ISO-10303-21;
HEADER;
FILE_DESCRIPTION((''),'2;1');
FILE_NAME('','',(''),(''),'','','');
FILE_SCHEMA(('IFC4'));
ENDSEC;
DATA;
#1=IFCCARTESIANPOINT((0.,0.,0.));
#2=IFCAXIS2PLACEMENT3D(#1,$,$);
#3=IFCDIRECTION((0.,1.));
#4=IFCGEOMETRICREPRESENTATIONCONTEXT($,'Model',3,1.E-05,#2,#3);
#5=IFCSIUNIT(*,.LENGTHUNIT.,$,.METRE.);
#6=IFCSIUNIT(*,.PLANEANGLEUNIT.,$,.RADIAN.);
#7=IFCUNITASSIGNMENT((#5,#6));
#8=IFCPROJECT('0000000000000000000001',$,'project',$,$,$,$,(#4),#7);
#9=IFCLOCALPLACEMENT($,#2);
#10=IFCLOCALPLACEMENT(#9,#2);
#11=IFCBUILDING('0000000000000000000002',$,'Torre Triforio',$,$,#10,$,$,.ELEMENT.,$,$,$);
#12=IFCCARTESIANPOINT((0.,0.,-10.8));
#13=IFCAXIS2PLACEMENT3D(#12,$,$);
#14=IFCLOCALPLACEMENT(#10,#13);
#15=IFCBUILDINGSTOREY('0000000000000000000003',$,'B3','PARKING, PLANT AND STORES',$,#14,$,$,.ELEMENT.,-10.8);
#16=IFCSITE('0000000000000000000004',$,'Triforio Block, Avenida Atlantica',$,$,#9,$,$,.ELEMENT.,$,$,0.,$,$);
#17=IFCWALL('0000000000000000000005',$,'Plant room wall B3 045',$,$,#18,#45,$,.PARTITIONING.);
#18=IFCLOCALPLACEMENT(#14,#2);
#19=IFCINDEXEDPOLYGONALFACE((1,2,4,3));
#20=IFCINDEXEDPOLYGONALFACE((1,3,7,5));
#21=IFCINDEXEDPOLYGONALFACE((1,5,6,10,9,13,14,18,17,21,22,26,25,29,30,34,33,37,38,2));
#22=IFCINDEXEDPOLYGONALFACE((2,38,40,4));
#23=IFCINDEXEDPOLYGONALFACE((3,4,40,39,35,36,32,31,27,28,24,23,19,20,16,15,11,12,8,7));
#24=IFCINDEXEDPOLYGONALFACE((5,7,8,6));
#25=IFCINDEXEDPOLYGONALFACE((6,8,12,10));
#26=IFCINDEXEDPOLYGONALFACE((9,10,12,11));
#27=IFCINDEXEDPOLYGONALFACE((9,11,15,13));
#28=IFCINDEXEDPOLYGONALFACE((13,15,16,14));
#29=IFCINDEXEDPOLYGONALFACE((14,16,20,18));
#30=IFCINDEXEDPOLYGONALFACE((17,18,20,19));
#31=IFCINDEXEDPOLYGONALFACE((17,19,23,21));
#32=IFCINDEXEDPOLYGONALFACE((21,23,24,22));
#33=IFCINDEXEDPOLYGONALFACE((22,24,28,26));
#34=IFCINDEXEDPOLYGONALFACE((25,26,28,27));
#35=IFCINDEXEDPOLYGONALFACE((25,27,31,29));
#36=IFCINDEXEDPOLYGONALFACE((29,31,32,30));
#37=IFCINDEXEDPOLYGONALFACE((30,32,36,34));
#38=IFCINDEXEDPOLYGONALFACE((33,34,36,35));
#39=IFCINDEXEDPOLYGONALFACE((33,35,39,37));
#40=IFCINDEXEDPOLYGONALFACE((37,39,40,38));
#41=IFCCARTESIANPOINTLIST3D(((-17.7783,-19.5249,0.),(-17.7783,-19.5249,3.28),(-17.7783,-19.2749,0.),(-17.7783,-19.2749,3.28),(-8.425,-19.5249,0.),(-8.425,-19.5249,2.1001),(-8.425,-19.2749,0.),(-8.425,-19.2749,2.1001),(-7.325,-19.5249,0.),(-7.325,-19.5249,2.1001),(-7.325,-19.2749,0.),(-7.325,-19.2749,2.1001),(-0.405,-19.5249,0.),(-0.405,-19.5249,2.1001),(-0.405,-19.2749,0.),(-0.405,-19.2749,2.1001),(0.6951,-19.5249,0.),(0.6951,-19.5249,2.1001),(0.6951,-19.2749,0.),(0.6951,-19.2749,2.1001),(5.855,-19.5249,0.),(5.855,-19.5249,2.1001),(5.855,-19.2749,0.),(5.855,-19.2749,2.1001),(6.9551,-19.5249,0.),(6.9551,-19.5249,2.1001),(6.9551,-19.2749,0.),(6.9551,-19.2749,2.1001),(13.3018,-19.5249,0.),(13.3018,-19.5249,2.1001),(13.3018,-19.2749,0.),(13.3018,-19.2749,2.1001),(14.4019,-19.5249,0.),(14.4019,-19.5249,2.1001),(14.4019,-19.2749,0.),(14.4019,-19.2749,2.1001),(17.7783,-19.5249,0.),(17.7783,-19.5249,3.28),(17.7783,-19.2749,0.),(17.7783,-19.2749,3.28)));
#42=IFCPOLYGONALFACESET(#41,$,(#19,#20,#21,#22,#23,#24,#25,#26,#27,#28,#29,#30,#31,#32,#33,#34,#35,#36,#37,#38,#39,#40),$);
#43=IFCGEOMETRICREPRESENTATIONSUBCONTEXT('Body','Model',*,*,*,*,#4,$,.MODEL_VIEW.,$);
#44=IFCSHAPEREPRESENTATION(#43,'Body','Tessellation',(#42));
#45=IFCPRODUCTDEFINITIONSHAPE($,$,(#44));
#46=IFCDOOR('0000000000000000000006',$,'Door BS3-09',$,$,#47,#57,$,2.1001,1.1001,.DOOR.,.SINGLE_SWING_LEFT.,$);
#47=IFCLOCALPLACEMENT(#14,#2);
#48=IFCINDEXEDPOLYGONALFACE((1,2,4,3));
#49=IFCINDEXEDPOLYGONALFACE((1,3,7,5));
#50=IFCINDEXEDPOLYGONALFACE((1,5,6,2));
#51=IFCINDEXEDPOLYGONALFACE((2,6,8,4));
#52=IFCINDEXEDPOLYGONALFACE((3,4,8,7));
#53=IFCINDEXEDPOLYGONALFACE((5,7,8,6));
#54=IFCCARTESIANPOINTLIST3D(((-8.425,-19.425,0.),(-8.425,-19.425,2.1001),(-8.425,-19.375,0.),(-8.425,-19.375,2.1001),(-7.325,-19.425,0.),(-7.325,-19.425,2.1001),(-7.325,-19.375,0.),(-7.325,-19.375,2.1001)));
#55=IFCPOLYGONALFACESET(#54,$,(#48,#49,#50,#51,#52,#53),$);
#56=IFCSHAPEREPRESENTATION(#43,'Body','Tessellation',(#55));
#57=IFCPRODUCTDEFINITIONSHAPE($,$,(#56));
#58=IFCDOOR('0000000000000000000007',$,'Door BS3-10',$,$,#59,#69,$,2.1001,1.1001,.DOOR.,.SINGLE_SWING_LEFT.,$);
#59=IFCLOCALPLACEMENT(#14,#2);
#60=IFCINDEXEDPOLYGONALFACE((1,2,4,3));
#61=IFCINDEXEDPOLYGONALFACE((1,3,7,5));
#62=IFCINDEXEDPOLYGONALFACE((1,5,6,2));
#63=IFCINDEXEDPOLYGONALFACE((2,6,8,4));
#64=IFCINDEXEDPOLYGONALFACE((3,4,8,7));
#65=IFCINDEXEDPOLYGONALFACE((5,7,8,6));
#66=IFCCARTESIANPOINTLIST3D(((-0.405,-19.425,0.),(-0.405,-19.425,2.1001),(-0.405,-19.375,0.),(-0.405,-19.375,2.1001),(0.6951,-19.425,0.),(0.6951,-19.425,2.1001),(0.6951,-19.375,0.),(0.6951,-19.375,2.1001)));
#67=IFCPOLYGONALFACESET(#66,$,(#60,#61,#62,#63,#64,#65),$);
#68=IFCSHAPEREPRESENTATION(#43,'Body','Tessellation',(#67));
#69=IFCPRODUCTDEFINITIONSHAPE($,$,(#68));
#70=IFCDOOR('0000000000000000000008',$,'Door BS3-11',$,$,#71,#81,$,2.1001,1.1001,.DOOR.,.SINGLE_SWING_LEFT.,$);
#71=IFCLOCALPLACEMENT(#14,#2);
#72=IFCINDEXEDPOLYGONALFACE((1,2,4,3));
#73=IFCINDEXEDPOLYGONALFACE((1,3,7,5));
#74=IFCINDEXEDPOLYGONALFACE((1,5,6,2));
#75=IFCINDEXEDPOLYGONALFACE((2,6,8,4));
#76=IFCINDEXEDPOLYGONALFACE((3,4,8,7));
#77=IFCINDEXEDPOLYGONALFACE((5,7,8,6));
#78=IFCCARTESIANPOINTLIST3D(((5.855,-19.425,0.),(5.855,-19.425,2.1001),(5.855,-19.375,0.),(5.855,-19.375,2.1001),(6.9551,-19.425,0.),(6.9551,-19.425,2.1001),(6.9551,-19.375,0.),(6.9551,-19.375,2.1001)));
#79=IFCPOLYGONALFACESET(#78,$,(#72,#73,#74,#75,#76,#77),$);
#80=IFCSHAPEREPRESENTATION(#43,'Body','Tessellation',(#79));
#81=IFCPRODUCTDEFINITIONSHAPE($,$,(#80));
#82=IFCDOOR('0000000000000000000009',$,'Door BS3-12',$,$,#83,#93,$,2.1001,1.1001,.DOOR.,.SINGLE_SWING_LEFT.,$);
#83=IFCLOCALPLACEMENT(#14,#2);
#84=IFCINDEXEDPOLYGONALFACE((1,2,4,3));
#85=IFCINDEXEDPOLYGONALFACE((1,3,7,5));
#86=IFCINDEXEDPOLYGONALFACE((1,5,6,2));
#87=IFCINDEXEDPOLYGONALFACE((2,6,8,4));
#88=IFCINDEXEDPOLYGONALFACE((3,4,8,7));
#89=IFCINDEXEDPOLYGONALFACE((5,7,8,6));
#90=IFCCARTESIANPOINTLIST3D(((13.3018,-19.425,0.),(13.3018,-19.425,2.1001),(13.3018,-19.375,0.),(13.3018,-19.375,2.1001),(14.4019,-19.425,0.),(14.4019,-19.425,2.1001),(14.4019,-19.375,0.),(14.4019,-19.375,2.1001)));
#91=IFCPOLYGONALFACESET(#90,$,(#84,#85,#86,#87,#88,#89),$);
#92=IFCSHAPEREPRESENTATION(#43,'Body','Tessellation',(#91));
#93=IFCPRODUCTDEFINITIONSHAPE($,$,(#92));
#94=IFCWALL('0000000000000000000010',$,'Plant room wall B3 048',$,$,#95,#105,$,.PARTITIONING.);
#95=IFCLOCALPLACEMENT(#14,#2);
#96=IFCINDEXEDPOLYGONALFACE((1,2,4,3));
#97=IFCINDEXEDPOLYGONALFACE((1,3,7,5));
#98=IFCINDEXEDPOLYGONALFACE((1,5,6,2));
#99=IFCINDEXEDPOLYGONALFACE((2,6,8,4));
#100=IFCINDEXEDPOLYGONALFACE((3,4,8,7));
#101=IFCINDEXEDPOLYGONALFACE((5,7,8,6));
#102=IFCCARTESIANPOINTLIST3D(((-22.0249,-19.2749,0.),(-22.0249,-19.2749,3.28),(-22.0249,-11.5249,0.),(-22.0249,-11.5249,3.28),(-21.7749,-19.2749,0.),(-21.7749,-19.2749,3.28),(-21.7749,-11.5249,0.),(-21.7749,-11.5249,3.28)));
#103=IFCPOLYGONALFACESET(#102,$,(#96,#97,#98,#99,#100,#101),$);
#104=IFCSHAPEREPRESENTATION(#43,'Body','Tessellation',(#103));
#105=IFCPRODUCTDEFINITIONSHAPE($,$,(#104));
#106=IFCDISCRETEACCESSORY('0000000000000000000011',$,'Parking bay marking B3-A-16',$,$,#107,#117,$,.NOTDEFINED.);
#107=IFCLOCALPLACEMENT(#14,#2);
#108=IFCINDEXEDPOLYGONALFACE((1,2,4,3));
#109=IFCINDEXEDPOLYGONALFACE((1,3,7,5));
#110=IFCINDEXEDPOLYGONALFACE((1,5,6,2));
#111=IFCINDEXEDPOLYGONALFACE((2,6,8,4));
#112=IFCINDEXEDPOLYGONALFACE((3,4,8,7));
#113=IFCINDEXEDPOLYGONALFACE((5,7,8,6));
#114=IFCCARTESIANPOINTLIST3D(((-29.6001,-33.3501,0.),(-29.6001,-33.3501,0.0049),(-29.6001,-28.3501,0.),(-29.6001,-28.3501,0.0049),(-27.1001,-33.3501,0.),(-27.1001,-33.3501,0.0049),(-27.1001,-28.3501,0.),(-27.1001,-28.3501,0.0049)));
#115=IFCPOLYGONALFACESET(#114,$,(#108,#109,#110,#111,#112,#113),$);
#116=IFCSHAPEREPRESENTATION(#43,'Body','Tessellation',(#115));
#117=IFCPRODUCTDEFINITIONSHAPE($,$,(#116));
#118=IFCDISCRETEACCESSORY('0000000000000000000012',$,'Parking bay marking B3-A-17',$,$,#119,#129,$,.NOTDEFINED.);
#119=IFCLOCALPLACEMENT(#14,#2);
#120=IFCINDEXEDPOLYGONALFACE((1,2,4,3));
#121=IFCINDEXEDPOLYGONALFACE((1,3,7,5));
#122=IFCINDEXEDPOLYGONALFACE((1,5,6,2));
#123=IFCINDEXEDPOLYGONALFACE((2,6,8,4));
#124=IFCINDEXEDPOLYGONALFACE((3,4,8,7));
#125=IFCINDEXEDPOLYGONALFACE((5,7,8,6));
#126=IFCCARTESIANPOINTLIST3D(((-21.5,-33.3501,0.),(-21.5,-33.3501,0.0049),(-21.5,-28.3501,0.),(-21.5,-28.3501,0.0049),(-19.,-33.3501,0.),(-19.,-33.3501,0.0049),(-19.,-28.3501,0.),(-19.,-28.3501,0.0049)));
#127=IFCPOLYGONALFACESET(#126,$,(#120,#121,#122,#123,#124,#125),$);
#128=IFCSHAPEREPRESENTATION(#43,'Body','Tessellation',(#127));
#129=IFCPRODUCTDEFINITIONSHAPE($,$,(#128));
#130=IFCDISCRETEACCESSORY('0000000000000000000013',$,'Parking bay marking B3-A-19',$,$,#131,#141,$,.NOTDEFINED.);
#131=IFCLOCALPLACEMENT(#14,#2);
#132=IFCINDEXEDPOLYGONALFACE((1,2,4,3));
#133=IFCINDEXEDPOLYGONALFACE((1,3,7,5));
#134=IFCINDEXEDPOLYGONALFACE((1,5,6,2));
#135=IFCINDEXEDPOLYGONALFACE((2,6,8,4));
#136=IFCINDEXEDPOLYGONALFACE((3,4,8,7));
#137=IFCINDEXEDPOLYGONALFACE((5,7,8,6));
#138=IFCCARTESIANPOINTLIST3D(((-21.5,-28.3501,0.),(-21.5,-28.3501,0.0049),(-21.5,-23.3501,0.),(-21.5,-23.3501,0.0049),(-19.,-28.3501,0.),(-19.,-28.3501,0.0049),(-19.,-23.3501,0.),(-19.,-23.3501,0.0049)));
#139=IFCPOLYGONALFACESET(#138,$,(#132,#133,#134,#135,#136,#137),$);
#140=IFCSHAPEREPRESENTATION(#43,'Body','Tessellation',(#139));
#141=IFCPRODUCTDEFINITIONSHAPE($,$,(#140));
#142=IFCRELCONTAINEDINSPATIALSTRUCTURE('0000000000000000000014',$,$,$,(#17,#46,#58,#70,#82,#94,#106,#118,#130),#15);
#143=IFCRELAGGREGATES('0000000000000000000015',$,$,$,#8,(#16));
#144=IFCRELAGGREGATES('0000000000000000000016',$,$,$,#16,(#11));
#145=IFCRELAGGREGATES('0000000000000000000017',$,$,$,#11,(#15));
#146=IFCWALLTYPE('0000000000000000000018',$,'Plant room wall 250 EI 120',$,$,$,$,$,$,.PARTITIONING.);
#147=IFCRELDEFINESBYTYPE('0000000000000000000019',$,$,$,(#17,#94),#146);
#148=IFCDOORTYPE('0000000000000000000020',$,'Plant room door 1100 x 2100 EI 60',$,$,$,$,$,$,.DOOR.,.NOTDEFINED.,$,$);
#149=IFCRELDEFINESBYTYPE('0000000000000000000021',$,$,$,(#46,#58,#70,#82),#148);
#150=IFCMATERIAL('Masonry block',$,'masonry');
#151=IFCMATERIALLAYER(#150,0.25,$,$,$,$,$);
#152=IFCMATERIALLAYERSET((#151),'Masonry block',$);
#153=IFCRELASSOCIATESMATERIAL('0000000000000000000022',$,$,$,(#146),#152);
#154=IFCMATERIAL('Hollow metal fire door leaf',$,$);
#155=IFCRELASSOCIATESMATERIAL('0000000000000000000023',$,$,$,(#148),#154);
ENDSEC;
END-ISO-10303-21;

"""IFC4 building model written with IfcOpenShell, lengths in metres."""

from ifc_helpers import new_model, si_unit, direction, frame, frame_2d, origin, origin_2d, place, context, subcontext, project, spatial, rectangle, extrude, material, layer, layer_set, type_object, element, fill, save


model = new_model("IFC4")

# Units and contexts
model_context = context("Model", 3, precision=1e-05, world=origin(), true_north=direction((0.0, 1.0)))
body_context = subcontext(model_context, "Body", "Model", "MODEL_VIEW")
ifc_project = project(units=[si_unit("LENGTHUNIT", "METRE"), si_unit("PLANEANGLEUNIT", "RADIAN")], contexts=[model_context])

# Site, building, storey
site_placement = place(None, origin())
site = spatial("IfcSite", under=ifc_project, at=site_placement, Name="Triforio Block, Avenida Atlantica", CompositionType="ELEMENT", RefElevation=0.0)
building_placement = place(site_placement, origin())
building = spatial("IfcBuilding", under=site, at=building_placement, Name="Torre Triforio", CompositionType="ELEMENT")
storey_placement = place(building_placement, frame((0.0, 0.0, -10.8)))
storey = spatial("IfcBuildingStorey", under=building, at=storey_placement, Name="B3", Description="PARKING, PLANT AND STORES", CompositionType="ELEMENT", Elevation=-10.8)

# Shared definitions
ifc_material_1 = material(Name="Masonry block", Category="masonry")
ifc_layer = layer(ifc_material_1, 0.25)
ifc_layer_set = layer_set([ifc_layer], Name="Masonry block")
wall_type = type_object("IfcWallType", Name="Plant room wall 250 EI 120", PredefinedType="PARTITIONING", material=ifc_layer_set)

# Shared definitions
ifc_material_2 = material(Name="Hollow metal fire door leaf")
door_type = type_object("IfcDoorType", Name="Plant room door 1100 x 2100 EI 60", OperationType="NOTDEFINED", PredefinedType="DOOR", material=ifc_material_2)

# Wall, openings, doors
wall_1_placement = place(storey_placement, frame((-17.7783, -19.3999, 0.0), z_axis=(0.0, 0.0, 1.0), x_axis=(1.0, 0.0, 0.0)))
wall_1 = element("IfcWall", 1, at=wall_1_placement, inside=storey, type_object=wall_type, Name="Plant room wall B3 045", PredefinedType="PARTITIONING", context=body_context, shape_type="SweptSolid", body=[
    extrude(rectangle(XDim=35.5566, YDim=0.25, at=frame_2d((17.7783, 0.0))), origin(), (0.0, 0.0, 1.0), 3.28),
])
opening_1_placement = place(wall_1_placement, frame((9.3533, 0.0, 0.0)))
opening_1 = element("IfcOpeningElement", 2, at=opening_1_placement, cuts=wall_1, PredefinedType="OPENING", context=body_context, shape_type="SweptSolid", body=[
    extrude(rectangle(XDim=1.1001, YDim=2.1001, at=frame_2d((0.55, 1.05))), frame((0.0, 0.135, 0.0), z_axis=(0.0, -1.0, 0.0), x_axis=(1.0, 0.0, 0.0)), (0.0, 0.0, 1.0), 0.27),
])
opening_2_placement = place(wall_1_placement, frame((17.3733, 0.0, 0.0)))
opening_2 = element("IfcOpeningElement", 3, at=opening_2_placement, cuts=wall_1, PredefinedType="OPENING", context=body_context, shape_type="SweptSolid", body=[
    extrude(rectangle(XDim=1.1001, YDim=2.1001, at=frame_2d((0.55, 1.05))), frame((0.0, 0.135, 0.0), z_axis=(0.0, -1.0, 0.0), x_axis=(1.0, 0.0, 0.0)), (0.0, 0.0, 1.0), 0.27),
])
opening_3_placement = place(wall_1_placement, frame((23.6333, 0.0, 0.0)))
opening_3 = element("IfcOpeningElement", 4, at=opening_3_placement, cuts=wall_1, PredefinedType="OPENING", context=body_context, shape_type="SweptSolid", body=[
    extrude(rectangle(XDim=1.1001, YDim=2.1001, at=frame_2d((0.55, 1.05))), frame((0.0, 0.135, 0.0), z_axis=(0.0, -1.0, 0.0), x_axis=(1.0, 0.0, 0.0)), (0.0, 0.0, 1.0), 0.27),
])
opening_4_placement = place(wall_1_placement, frame((31.0801, 0.0, 0.0)))
opening_4 = element("IfcOpeningElement", 5, at=opening_4_placement, cuts=wall_1, PredefinedType="OPENING", context=body_context, shape_type="SweptSolid", body=[
    extrude(rectangle(XDim=1.1001, YDim=2.1001, at=frame_2d((0.55, 1.05))), frame((0.0, 0.135, 0.0), z_axis=(0.0, -1.0, 0.0), x_axis=(1.0, 0.0, 0.0)), (0.0, 0.0, 1.0), 0.27),
])
door_1_placement = place(opening_1_placement, origin())
door_1 = element("IfcDoor", 6, at=door_1_placement, inside=storey, type_object=door_type, Name="Door BS3-09", OperationType="SINGLE_SWING_LEFT", OverallHeight=2.1001, OverallWidth=1.1001, PredefinedType="DOOR", context=body_context, shape_type="SweptSolid", body=[
    extrude(rectangle(XDim=1.1001, YDim=2.1001, at=frame_2d((0.55, 1.05))), frame((0.0, 0.0249, 0.0), z_axis=(0.0, -1.0, 0.0), x_axis=(1.0, 0.0, 0.0)), (0.0, 0.0, 1.0), 0.05),
])
fill(opening_1, door_1)
door_2_placement = place(opening_2_placement, origin())
door_2 = element("IfcDoor", 7, at=door_2_placement, inside=storey, type_object=door_type, Name="Door BS3-10", OperationType="SINGLE_SWING_LEFT", OverallHeight=2.1001, OverallWidth=1.1001, PredefinedType="DOOR", context=body_context, shape_type="SweptSolid", body=[
    extrude(rectangle(XDim=1.1001, YDim=2.1001, at=frame_2d((0.55, 1.05))), frame((0.0, 0.0249, 0.0), z_axis=(0.0, -1.0, 0.0), x_axis=(1.0, 0.0, 0.0)), (0.0, 0.0, 1.0), 0.05),
])
fill(opening_2, door_2)
door_3_placement = place(opening_3_placement, origin())
door_3 = element("IfcDoor", 8, at=door_3_placement, inside=storey, type_object=door_type, Name="Door BS3-11", OperationType="SINGLE_SWING_LEFT", OverallHeight=2.1001, OverallWidth=1.1001, PredefinedType="DOOR", context=body_context, shape_type="SweptSolid", body=[
    extrude(rectangle(XDim=1.1001, YDim=2.1001, at=frame_2d((0.55, 1.05))), frame((0.0, 0.0249, 0.0), z_axis=(0.0, -1.0, 0.0), x_axis=(1.0, 0.0, 0.0)), (0.0, 0.0, 1.0), 0.05),
])
fill(opening_3, door_3)
door_4_placement = place(opening_4_placement, origin())
door_4 = element("IfcDoor", 9, at=door_4_placement, inside=storey, type_object=door_type, Name="Door BS3-12", OperationType="SINGLE_SWING_LEFT", OverallHeight=2.1001, OverallWidth=1.1001, PredefinedType="DOOR", context=body_context, shape_type="SweptSolid", body=[
    extrude(rectangle(XDim=1.1001, YDim=2.1001, at=frame_2d((0.55, 1.05))), frame((0.0, 0.0249, 0.0), z_axis=(0.0, -1.0, 0.0), x_axis=(1.0, 0.0, 0.0)), (0.0, 0.0, 1.0), 0.05),
])
fill(opening_4, door_4)

# Wall
wall_2_placement = place(storey_placement, frame((-21.8999, -19.2749, 0.0), z_axis=(0.0, 0.0, 1.0), x_axis=(0.0, 1.0, 0.0)))
element("IfcWall", 10, at=wall_2_placement, inside=storey, type_object=wall_type, Name="Plant room wall B3 048", PredefinedType="PARTITIONING", context=body_context, shape_type="SweptSolid", body=[
    extrude(rectangle(XDim=7.75, YDim=0.25, at=frame_2d((3.875, 0.0))), origin(), (0.0, 0.0, 1.0), 3.28),
])

# Discrete accessories
for number, where, z_axis, x_axis, name in (
    (11, (-28.3501, -30.8501, 0.0), (0.0, 0.0, 1.0), (1.0, 0.0, 0.0), "Parking bay marking B3-A-16"),
    (12, (-20.25, -30.8501, 0.0), (0.0, 0.0, 1.0), (1.0, 0.0, 0.0), "Parking bay marking B3-A-17"),
    (13, (-20.25, -25.8501, 0.0), (0.0, 0.0, 1.0), (1.0, 0.0, 0.0), "Parking bay marking B3-A-19"),
):
    element("IfcDiscreteAccessory", number, at=place(storey_placement, frame(where, z_axis=z_axis, x_axis=x_axis)), inside=storey, Name=name, PredefinedType="NOTDEFINED", context=body_context, shape_type="SweptSolid", body=[
        extrude(rectangle(XDim=2.5, YDim=5.0, at=origin_2d()), origin(), (0.0, 0.0, 1.0), 0.0049),
    ])

save(model, "model.ifc")
